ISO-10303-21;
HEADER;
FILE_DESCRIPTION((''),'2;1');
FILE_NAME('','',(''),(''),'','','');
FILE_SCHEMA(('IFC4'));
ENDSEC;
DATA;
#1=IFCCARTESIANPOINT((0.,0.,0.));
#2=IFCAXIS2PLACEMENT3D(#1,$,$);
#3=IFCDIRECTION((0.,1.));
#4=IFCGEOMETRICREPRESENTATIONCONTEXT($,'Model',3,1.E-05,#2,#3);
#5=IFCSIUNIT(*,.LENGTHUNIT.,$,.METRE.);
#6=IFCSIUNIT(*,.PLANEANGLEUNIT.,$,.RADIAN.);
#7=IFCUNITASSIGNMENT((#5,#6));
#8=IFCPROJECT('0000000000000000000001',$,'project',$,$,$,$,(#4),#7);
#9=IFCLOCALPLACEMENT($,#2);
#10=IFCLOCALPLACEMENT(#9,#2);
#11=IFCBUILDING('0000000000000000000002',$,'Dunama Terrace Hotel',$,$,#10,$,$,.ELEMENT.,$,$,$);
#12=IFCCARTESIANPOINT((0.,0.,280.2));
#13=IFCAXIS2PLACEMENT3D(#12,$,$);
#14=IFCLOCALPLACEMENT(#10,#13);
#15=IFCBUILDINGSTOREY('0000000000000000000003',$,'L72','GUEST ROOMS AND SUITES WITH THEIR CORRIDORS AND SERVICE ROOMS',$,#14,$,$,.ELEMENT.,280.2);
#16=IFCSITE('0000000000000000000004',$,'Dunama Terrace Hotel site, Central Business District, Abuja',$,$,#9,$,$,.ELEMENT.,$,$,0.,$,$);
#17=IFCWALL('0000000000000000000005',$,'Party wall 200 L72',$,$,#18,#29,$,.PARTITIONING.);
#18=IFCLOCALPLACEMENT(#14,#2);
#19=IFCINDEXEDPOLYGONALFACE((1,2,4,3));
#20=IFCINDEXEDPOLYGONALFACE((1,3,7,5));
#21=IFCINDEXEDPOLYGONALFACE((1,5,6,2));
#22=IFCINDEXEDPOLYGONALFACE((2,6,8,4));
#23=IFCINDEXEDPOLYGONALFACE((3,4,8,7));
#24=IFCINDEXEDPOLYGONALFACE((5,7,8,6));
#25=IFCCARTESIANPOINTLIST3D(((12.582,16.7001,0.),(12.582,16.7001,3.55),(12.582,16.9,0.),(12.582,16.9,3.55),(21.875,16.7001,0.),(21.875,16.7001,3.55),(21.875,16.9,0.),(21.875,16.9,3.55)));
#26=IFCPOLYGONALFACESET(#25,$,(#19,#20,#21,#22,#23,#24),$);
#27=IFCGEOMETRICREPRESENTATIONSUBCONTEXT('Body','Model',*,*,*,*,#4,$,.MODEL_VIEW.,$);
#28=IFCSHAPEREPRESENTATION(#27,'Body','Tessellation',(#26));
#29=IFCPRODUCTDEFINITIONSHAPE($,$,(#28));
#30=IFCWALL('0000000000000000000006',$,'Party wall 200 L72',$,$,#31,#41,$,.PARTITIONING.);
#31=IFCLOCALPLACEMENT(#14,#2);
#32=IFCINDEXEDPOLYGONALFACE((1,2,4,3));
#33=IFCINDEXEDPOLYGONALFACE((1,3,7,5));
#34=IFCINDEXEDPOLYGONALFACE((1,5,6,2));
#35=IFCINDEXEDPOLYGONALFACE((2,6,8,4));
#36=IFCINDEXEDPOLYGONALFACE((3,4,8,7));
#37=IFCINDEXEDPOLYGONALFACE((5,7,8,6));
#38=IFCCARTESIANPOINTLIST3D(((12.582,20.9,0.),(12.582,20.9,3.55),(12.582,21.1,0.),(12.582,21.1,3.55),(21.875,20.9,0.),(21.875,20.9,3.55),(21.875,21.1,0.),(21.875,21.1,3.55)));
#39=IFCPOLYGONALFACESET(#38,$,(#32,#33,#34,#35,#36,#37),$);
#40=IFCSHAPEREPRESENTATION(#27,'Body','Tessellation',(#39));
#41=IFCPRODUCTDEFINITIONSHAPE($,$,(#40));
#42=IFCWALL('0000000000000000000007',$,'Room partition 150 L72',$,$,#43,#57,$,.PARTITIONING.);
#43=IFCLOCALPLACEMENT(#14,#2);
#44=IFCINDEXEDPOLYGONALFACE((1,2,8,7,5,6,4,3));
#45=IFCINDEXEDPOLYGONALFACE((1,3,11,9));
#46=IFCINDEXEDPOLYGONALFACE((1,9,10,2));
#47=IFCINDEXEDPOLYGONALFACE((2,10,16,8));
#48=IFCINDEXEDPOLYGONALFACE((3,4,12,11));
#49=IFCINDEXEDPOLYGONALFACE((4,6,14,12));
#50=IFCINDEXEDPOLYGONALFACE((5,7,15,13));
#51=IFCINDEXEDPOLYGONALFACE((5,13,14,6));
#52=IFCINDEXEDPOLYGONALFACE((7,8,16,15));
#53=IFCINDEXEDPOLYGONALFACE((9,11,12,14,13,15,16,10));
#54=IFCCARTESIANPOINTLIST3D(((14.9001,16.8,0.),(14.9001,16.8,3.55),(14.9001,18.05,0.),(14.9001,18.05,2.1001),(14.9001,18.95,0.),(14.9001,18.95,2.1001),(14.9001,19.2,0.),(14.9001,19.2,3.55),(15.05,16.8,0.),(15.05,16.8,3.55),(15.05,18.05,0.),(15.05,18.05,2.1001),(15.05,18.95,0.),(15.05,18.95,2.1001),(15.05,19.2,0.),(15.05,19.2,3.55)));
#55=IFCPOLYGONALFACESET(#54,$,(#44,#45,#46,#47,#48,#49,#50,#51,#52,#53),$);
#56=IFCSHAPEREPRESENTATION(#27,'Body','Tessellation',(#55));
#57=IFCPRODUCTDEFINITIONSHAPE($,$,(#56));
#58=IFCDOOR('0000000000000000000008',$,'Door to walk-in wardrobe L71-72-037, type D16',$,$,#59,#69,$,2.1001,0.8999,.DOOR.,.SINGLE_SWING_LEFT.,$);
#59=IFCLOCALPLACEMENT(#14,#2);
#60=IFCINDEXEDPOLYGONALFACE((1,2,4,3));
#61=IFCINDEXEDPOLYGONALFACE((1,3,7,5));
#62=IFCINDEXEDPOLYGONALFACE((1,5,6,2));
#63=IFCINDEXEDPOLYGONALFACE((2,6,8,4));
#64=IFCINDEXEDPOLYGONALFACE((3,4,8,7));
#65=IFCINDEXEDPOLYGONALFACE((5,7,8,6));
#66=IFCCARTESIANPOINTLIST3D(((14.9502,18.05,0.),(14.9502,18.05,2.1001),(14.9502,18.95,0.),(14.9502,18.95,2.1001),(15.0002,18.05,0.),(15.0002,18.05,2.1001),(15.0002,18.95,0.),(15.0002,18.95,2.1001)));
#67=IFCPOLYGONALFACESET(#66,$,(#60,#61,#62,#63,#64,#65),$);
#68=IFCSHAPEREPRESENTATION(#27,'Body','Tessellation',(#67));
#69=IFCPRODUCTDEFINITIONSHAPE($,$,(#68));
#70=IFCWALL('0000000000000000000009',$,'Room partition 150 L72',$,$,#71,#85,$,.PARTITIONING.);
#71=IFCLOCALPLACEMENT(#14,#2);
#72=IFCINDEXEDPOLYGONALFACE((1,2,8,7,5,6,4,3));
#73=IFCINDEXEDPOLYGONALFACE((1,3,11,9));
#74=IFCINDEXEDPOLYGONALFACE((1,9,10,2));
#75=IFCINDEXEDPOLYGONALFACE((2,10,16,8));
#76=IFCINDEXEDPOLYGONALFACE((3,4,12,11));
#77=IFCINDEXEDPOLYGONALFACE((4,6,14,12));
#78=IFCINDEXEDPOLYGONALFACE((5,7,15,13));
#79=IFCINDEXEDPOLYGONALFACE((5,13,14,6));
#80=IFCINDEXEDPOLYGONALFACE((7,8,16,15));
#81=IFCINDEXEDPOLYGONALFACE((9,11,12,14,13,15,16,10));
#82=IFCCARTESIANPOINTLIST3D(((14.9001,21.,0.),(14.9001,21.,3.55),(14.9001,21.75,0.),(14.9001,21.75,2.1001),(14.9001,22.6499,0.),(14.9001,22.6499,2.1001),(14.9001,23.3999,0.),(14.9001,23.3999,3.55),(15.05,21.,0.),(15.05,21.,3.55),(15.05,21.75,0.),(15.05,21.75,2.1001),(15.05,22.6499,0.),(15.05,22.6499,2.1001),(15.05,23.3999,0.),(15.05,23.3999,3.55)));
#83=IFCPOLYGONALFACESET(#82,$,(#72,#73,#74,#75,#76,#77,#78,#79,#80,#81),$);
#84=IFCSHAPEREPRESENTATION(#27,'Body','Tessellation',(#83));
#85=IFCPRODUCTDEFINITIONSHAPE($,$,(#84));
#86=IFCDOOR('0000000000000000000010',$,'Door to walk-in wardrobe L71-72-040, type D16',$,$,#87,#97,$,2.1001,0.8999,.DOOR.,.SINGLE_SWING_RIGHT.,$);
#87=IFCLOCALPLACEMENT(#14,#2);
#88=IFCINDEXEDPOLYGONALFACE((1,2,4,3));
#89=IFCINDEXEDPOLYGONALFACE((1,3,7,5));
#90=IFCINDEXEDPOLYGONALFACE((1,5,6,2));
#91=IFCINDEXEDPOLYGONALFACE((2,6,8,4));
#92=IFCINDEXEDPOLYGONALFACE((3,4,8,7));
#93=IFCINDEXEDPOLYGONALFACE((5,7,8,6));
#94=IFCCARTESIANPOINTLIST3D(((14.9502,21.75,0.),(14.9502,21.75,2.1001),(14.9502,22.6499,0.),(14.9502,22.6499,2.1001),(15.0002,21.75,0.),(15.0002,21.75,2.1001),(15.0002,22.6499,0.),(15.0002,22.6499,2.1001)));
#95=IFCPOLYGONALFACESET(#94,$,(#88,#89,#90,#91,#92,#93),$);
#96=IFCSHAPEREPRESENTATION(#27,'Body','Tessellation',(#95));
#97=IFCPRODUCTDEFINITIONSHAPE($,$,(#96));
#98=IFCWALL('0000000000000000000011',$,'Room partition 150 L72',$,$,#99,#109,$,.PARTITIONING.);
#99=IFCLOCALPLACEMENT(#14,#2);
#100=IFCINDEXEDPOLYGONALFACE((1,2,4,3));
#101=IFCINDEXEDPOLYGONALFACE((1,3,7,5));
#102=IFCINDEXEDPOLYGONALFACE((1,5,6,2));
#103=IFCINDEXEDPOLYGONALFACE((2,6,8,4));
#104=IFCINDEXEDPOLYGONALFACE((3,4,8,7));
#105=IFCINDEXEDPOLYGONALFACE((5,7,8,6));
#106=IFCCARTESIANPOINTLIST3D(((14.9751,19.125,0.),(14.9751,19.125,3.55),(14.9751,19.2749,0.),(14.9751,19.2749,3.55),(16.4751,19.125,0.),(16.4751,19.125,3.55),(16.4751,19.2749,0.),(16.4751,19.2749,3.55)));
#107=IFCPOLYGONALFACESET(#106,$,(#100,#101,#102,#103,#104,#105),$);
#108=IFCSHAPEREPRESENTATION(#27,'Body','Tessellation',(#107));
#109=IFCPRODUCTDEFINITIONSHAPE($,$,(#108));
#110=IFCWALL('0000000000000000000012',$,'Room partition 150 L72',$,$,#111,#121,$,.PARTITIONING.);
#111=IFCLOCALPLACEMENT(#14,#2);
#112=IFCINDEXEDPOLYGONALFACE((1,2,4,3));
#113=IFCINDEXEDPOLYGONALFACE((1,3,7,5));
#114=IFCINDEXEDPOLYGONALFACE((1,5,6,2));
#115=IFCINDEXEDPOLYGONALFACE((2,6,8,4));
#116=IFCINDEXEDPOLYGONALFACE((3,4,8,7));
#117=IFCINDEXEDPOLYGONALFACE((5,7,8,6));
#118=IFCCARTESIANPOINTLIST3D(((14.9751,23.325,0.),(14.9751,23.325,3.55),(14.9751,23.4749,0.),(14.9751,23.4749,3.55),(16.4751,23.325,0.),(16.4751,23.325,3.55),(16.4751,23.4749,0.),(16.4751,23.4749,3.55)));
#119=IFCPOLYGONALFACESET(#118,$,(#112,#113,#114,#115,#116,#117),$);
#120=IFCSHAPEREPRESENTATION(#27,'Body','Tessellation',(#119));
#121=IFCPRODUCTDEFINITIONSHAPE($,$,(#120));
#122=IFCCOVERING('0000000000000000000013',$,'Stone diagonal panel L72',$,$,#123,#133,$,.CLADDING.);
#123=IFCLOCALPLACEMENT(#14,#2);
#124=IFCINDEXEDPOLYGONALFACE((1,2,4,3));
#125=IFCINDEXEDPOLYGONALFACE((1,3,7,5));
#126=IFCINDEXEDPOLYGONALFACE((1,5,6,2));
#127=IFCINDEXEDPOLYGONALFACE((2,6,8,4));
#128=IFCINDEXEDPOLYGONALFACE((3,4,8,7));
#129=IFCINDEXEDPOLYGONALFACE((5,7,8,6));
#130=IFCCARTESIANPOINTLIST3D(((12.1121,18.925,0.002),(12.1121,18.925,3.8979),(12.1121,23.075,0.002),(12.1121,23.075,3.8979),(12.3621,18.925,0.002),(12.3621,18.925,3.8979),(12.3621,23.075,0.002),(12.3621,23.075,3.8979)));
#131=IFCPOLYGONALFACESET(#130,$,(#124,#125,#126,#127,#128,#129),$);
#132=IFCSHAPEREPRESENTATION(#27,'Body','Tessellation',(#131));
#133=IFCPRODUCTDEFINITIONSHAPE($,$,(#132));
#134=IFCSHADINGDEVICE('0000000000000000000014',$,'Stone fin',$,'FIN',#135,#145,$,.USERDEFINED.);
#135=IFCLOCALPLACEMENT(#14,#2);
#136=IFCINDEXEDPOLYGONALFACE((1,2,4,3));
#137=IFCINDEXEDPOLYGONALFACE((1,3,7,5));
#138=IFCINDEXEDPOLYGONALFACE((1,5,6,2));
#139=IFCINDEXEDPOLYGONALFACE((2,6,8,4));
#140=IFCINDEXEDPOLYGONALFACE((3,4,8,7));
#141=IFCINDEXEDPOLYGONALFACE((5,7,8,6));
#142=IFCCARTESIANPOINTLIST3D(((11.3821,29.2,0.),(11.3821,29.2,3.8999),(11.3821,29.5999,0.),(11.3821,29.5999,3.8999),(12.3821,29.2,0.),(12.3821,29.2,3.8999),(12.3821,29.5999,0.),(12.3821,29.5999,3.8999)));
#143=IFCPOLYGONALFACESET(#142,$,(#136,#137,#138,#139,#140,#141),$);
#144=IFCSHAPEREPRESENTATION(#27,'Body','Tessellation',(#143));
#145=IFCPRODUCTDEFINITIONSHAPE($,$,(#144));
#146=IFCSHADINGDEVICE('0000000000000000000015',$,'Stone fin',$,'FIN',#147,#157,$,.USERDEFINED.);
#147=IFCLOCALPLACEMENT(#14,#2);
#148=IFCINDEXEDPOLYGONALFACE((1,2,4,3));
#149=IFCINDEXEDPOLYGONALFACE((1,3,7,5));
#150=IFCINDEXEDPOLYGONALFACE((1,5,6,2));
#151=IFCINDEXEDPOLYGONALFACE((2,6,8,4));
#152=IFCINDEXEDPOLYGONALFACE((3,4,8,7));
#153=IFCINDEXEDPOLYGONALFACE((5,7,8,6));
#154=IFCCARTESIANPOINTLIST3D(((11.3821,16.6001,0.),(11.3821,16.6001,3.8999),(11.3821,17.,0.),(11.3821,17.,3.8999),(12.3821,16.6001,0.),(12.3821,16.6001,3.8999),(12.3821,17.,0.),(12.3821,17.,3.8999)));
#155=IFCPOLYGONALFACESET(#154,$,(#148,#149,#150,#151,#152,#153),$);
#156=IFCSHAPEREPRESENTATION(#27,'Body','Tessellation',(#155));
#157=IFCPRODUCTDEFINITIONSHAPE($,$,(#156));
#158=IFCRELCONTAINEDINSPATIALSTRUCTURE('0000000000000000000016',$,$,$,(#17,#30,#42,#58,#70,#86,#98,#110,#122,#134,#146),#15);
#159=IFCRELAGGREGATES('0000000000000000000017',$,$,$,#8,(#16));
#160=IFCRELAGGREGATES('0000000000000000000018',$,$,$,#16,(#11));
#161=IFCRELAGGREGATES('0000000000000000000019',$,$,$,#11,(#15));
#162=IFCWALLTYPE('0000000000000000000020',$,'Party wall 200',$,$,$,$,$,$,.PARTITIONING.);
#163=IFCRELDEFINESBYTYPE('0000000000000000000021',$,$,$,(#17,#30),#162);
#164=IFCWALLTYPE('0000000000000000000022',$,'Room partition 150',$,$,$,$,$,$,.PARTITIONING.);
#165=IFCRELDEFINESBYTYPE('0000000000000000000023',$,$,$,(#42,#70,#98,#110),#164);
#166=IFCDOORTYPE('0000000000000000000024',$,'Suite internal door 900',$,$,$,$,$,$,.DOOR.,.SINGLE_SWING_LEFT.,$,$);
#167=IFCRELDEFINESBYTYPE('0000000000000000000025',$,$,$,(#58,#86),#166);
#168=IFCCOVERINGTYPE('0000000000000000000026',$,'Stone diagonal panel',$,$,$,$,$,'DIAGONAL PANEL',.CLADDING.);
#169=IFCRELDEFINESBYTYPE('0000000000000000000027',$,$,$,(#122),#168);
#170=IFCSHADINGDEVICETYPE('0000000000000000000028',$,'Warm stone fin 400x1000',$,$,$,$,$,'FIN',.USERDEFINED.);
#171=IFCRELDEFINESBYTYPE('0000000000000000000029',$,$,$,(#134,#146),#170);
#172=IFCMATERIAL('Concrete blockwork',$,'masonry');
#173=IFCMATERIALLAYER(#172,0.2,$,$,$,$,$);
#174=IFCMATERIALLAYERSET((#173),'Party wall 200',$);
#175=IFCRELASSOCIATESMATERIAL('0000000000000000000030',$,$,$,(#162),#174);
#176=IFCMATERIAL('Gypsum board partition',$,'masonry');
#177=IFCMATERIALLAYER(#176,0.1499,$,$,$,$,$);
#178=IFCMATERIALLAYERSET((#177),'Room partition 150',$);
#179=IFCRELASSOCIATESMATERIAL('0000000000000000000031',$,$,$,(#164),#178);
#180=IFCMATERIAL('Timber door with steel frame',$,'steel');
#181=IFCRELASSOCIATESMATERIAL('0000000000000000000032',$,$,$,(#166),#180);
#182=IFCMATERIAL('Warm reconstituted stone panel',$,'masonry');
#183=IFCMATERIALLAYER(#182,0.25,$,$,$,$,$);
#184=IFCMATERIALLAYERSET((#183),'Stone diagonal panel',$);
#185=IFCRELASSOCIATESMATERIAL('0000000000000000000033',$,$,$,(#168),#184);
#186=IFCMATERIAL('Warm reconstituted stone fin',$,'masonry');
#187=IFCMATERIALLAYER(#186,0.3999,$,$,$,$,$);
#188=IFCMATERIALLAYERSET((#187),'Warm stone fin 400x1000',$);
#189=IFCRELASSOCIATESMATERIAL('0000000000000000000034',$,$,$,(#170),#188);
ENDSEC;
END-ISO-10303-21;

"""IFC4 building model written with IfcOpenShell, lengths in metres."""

from ifc_helpers import new_model, si_unit, direction, frame, frame_2d, origin, origin_2d, place, context, subcontext, project, spatial, rectangle, extrude, material, layer, layer_set, type_object, element, fill, save


model = new_model("IFC4")

# Units and contexts
model_context = context("Model", 3, precision=1e-05, world=origin(), true_north=direction((0.0, 1.0)))
body_context = subcontext(model_context, "Body", "Model", "MODEL_VIEW")
ifc_project = project(units=[si_unit("LENGTHUNIT", "METRE"), si_unit("PLANEANGLEUNIT", "RADIAN")], contexts=[model_context])

# Site, building, storey
site_placement = place(None, origin())
site = spatial("IfcSite", under=ifc_project, at=site_placement, Name="Dunama Terrace Hotel site, Central Business District, Abuja", CompositionType="ELEMENT", RefElevation=0.0)
building_placement = place(site_placement, origin())
building = spatial("IfcBuilding", under=site, at=building_placement, Name="Dunama Terrace Hotel", CompositionType="ELEMENT")
storey_placement = place(building_placement, frame((0.0, 0.0, 280.2)))
storey = spatial("IfcBuildingStorey", under=building, at=storey_placement, Name="L72", Description="GUEST ROOMS AND SUITES WITH THEIR CORRIDORS AND SERVICE ROOMS", CompositionType="ELEMENT", Elevation=280.2)

# Walls
ifc_material_1 = material(Name="Concrete blockwork", Category="masonry")
ifc_layer_1 = layer(ifc_material_1, 0.2)
ifc_layer_set_1 = layer_set([ifc_layer_1], Name="Party wall 200")
wall_type_1 = type_object("IfcWallType", Name="Party wall 200", PredefinedType="PARTITIONING", material=ifc_layer_set_1)
for number, where, z_axis, x_axis, name in (
    (1, (12.582, 16.8, 0.0), (0.0, 0.0, 1.0), (1.0, 0.0, 0.0), "Party wall 200 L72"),
    (2, (12.582, 21.0, 0.0), (0.0, 0.0, 1.0), (1.0, 0.0, 0.0), "Party wall 200 L72"),
):
    element("IfcWall", number, at=place(storey_placement, frame(where, z_axis=z_axis, x_axis=x_axis)), inside=storey, type_object=wall_type_1, Name=name, PredefinedType="PARTITIONING", context=body_context, shape_type="SweptSolid", body=[
        extrude(rectangle(XDim=9.293, YDim=0.2, at=frame_2d((4.6465, 0.0))), origin(), (0.0, 0.0, 1.0), 3.55),
    ])

# Walls, openings, doors
ifc_material_2 = material(Name="Gypsum board partition", Category="masonry")
ifc_layer_2 = layer(ifc_material_2, 0.1499)
ifc_layer_set_2 = layer_set([ifc_layer_2], Name="Room partition 150")
wall_type_2 = type_object("IfcWallType", Name="Room partition 150", PredefinedType="PARTITIONING", material=ifc_layer_set_2)
wall_1_placement = place(storey_placement, frame((14.9751, 16.8, 0.0), z_axis=(0.0, 0.0, 1.0), x_axis=(0.0, 1.0, 0.0)))
wall_1 = element("IfcWall", 3, at=wall_1_placement, inside=storey, type_object=wall_type_2, Name="Room partition 150 L72", PredefinedType="PARTITIONING", context=body_context, shape_type="SweptSolid", body=[
    extrude(rectangle(XDim=2.3999, YDim=0.1499, at=frame_2d((1.2, 0.0))), origin(), (0.0, 0.0, 1.0), 3.55),
])
opening_1_placement = place(wall_1_placement, frame((1.25, 0.0, 0.0)))
opening_1 = element("IfcOpeningElement", 4, at=opening_1_placement, cuts=wall_1, PredefinedType="OPENING", context=body_context, shape_type="SweptSolid", body=[
    extrude(rectangle(XDim=0.8999, YDim=2.1001, at=frame_2d((0.45, 1.05))), frame((0.0, 0.085, 0.0), z_axis=(0.0, -1.0, 0.0), x_axis=(1.0, 0.0, 0.0)), (0.0, 0.0, 1.0), 0.1699),
])
ifc_material_3 = material(Name="Timber door with steel frame", Category="steel")
door_type = type_object("IfcDoorType", Name="Suite internal door 900", OperationType="SINGLE_SWING_LEFT", PredefinedType="DOOR", material=ifc_material_3)
door_1_placement = place(opening_1_placement, frame((0.8999, 0.0, 0.0), z_axis=(0.0, 0.0, 1.0), x_axis=(-1.0, 0.0, 0.0)))
door_1 = element("IfcDoor", 5, at=door_1_placement, inside=storey, type_object=door_type, Name="Door to walk-in wardrobe L71-72-037, type D16", OperationType="SINGLE_SWING_LEFT", OverallHeight=2.1001, OverallWidth=0.8999, PredefinedType="DOOR", context=body_context, shape_type="SweptSolid", body=[
    extrude(rectangle(XDim=0.8999, YDim=2.1001, at=frame_2d((0.45, 1.05))), frame((0.0, 0.0251, 0.0), z_axis=(0.0, -1.0, 0.0), x_axis=(1.0, 0.0, 0.0)), (0.0, 0.0, 1.0), 0.05),
])
fill(opening_1, door_1)
wall_2_placement = place(storey_placement, frame((14.9751, 21.0, 0.0), z_axis=(0.0, 0.0, 1.0), x_axis=(0.0, 1.0, 0.0)))
wall_2 = element("IfcWall", 6, at=wall_2_placement, inside=storey, type_object=wall_type_2, Name="Room partition 150 L72", PredefinedType="PARTITIONING", context=body_context, shape_type="SweptSolid", body=[
    extrude(rectangle(XDim=2.3999, YDim=0.1499, at=frame_2d((1.2, 0.0))), origin(), (0.0, 0.0, 1.0), 3.55),
])
opening_2_placement = place(wall_2_placement, frame((0.75, 0.0, 0.0)))
opening_2 = element("IfcOpeningElement", 7, at=opening_2_placement, cuts=wall_2, PredefinedType="OPENING", context=body_context, shape_type="SweptSolid", body=[
    extrude(rectangle(XDim=0.8999, YDim=2.1001, at=frame_2d((0.45, 1.05))), frame((0.0, 0.085, 0.0), z_axis=(0.0, -1.0, 0.0), x_axis=(1.0, 0.0, 0.0)), (0.0, 0.0, 1.0), 0.1699),
])
door_2_placement = place(opening_2_placement, frame((0.8999, 0.0, 0.0), z_axis=(0.0, 0.0, 1.0), x_axis=(-1.0, 0.0, 0.0)))
door_2 = element("IfcDoor", 8, at=door_2_placement, inside=storey, type_object=door_type, Name="Door to walk-in wardrobe L71-72-040, type D16", OperationType="SINGLE_SWING_RIGHT", OverallHeight=2.1001, OverallWidth=0.8999, PredefinedType="DOOR", context=body_context, shape_type="SweptSolid", body=[
    extrude(rectangle(XDim=0.8999, YDim=2.1001, at=frame_2d((0.45, 1.05))), frame((0.0, 0.0251, 0.0), z_axis=(0.0, -1.0, 0.0), x_axis=(1.0, 0.0, 0.0)), (0.0, 0.0, 1.0), 0.05),
])
fill(opening_2, door_2)

# Walls
for number, where, z_axis, x_axis, name in (
    (9, (14.9751, 19.2, 0.0), (0.0, 0.0, 1.0), (1.0, 0.0, 0.0), "Room partition 150 L72"),
    (10, (14.9751, 23.3999, 0.0), (0.0, 0.0, 1.0), (1.0, 0.0, 0.0), "Room partition 150 L72"),
):
    element("IfcWall", number, at=place(storey_placement, frame(where, z_axis=z_axis, x_axis=x_axis)), inside=storey, type_object=wall_type_2, Name=name, PredefinedType="PARTITIONING", context=body_context, shape_type="SweptSolid", body=[
        extrude(rectangle(XDim=1.5, YDim=0.1499, at=frame_2d((0.75, 0.0))), origin(), (0.0, 0.0, 1.0), 3.55),
    ])

# Covering
ifc_material_4 = material(Name="Warm reconstituted stone panel", Category="masonry")
ifc_layer_3 = layer(ifc_material_4, 0.25)
ifc_layer_set_3 = layer_set([ifc_layer_3], Name="Stone diagonal panel")
covering_type = type_object("IfcCoveringType", Name="Stone diagonal panel", ElementType="DIAGONAL PANEL", PredefinedType="CLADDING", material=ifc_layer_set_3)
covering_placement = place(storey_placement, frame((12.2371, 21.0, 0.002), z_axis=(0.0, 0.0, 1.0), x_axis=(0.0, -1.0, 0.0)))
element("IfcCovering", 11, at=covering_placement, inside=storey, type_object=covering_type, Name="Stone diagonal panel L72", PredefinedType="CLADDING", context=body_context, shape_type="SweptSolid", body=[
    extrude(rectangle(XDim=4.1499, YDim=0.25, at=origin_2d()), origin(), (0.0, 0.0, 1.0), 3.896),
])

# Shading devices
ifc_material_5 = material(Name="Warm reconstituted stone fin", Category="masonry")
ifc_layer_4 = layer(ifc_material_5, 0.3999)
ifc_layer_set_4 = layer_set([ifc_layer_4], Name="Warm stone fin 400x1000")
shading_device_type = type_object("IfcShadingDeviceType", Name="Warm stone fin 400x1000", ElementType="FIN", PredefinedType="USERDEFINED", material=ifc_layer_set_4)
for number, where, z_axis, x_axis, name in (
    (12, (11.8821, 29.3999, 0.0), (0.0, 0.0, 1.0), (0.0, -1.0, 0.0), "Stone fin"),
    (13, (11.8821, 16.8, 0.0), (0.0, 0.0, 1.0), (0.0, -1.0, 0.0), "Stone fin"),
):
    element("IfcShadingDevice", number, at=place(storey_placement, frame(where, z_axis=z_axis, x_axis=x_axis)), inside=storey, type_object=shading_device_type, Name=name, ObjectType="FIN", PredefinedType="USERDEFINED", context=body_context, shape_type="SweptSolid", body=[
        extrude(rectangle(XDim=0.3999, YDim=1.0, at=origin_2d()), origin(), (0.0, 0.0, 1.0), 3.8999),
    ])

save(model, "model.ifc")
